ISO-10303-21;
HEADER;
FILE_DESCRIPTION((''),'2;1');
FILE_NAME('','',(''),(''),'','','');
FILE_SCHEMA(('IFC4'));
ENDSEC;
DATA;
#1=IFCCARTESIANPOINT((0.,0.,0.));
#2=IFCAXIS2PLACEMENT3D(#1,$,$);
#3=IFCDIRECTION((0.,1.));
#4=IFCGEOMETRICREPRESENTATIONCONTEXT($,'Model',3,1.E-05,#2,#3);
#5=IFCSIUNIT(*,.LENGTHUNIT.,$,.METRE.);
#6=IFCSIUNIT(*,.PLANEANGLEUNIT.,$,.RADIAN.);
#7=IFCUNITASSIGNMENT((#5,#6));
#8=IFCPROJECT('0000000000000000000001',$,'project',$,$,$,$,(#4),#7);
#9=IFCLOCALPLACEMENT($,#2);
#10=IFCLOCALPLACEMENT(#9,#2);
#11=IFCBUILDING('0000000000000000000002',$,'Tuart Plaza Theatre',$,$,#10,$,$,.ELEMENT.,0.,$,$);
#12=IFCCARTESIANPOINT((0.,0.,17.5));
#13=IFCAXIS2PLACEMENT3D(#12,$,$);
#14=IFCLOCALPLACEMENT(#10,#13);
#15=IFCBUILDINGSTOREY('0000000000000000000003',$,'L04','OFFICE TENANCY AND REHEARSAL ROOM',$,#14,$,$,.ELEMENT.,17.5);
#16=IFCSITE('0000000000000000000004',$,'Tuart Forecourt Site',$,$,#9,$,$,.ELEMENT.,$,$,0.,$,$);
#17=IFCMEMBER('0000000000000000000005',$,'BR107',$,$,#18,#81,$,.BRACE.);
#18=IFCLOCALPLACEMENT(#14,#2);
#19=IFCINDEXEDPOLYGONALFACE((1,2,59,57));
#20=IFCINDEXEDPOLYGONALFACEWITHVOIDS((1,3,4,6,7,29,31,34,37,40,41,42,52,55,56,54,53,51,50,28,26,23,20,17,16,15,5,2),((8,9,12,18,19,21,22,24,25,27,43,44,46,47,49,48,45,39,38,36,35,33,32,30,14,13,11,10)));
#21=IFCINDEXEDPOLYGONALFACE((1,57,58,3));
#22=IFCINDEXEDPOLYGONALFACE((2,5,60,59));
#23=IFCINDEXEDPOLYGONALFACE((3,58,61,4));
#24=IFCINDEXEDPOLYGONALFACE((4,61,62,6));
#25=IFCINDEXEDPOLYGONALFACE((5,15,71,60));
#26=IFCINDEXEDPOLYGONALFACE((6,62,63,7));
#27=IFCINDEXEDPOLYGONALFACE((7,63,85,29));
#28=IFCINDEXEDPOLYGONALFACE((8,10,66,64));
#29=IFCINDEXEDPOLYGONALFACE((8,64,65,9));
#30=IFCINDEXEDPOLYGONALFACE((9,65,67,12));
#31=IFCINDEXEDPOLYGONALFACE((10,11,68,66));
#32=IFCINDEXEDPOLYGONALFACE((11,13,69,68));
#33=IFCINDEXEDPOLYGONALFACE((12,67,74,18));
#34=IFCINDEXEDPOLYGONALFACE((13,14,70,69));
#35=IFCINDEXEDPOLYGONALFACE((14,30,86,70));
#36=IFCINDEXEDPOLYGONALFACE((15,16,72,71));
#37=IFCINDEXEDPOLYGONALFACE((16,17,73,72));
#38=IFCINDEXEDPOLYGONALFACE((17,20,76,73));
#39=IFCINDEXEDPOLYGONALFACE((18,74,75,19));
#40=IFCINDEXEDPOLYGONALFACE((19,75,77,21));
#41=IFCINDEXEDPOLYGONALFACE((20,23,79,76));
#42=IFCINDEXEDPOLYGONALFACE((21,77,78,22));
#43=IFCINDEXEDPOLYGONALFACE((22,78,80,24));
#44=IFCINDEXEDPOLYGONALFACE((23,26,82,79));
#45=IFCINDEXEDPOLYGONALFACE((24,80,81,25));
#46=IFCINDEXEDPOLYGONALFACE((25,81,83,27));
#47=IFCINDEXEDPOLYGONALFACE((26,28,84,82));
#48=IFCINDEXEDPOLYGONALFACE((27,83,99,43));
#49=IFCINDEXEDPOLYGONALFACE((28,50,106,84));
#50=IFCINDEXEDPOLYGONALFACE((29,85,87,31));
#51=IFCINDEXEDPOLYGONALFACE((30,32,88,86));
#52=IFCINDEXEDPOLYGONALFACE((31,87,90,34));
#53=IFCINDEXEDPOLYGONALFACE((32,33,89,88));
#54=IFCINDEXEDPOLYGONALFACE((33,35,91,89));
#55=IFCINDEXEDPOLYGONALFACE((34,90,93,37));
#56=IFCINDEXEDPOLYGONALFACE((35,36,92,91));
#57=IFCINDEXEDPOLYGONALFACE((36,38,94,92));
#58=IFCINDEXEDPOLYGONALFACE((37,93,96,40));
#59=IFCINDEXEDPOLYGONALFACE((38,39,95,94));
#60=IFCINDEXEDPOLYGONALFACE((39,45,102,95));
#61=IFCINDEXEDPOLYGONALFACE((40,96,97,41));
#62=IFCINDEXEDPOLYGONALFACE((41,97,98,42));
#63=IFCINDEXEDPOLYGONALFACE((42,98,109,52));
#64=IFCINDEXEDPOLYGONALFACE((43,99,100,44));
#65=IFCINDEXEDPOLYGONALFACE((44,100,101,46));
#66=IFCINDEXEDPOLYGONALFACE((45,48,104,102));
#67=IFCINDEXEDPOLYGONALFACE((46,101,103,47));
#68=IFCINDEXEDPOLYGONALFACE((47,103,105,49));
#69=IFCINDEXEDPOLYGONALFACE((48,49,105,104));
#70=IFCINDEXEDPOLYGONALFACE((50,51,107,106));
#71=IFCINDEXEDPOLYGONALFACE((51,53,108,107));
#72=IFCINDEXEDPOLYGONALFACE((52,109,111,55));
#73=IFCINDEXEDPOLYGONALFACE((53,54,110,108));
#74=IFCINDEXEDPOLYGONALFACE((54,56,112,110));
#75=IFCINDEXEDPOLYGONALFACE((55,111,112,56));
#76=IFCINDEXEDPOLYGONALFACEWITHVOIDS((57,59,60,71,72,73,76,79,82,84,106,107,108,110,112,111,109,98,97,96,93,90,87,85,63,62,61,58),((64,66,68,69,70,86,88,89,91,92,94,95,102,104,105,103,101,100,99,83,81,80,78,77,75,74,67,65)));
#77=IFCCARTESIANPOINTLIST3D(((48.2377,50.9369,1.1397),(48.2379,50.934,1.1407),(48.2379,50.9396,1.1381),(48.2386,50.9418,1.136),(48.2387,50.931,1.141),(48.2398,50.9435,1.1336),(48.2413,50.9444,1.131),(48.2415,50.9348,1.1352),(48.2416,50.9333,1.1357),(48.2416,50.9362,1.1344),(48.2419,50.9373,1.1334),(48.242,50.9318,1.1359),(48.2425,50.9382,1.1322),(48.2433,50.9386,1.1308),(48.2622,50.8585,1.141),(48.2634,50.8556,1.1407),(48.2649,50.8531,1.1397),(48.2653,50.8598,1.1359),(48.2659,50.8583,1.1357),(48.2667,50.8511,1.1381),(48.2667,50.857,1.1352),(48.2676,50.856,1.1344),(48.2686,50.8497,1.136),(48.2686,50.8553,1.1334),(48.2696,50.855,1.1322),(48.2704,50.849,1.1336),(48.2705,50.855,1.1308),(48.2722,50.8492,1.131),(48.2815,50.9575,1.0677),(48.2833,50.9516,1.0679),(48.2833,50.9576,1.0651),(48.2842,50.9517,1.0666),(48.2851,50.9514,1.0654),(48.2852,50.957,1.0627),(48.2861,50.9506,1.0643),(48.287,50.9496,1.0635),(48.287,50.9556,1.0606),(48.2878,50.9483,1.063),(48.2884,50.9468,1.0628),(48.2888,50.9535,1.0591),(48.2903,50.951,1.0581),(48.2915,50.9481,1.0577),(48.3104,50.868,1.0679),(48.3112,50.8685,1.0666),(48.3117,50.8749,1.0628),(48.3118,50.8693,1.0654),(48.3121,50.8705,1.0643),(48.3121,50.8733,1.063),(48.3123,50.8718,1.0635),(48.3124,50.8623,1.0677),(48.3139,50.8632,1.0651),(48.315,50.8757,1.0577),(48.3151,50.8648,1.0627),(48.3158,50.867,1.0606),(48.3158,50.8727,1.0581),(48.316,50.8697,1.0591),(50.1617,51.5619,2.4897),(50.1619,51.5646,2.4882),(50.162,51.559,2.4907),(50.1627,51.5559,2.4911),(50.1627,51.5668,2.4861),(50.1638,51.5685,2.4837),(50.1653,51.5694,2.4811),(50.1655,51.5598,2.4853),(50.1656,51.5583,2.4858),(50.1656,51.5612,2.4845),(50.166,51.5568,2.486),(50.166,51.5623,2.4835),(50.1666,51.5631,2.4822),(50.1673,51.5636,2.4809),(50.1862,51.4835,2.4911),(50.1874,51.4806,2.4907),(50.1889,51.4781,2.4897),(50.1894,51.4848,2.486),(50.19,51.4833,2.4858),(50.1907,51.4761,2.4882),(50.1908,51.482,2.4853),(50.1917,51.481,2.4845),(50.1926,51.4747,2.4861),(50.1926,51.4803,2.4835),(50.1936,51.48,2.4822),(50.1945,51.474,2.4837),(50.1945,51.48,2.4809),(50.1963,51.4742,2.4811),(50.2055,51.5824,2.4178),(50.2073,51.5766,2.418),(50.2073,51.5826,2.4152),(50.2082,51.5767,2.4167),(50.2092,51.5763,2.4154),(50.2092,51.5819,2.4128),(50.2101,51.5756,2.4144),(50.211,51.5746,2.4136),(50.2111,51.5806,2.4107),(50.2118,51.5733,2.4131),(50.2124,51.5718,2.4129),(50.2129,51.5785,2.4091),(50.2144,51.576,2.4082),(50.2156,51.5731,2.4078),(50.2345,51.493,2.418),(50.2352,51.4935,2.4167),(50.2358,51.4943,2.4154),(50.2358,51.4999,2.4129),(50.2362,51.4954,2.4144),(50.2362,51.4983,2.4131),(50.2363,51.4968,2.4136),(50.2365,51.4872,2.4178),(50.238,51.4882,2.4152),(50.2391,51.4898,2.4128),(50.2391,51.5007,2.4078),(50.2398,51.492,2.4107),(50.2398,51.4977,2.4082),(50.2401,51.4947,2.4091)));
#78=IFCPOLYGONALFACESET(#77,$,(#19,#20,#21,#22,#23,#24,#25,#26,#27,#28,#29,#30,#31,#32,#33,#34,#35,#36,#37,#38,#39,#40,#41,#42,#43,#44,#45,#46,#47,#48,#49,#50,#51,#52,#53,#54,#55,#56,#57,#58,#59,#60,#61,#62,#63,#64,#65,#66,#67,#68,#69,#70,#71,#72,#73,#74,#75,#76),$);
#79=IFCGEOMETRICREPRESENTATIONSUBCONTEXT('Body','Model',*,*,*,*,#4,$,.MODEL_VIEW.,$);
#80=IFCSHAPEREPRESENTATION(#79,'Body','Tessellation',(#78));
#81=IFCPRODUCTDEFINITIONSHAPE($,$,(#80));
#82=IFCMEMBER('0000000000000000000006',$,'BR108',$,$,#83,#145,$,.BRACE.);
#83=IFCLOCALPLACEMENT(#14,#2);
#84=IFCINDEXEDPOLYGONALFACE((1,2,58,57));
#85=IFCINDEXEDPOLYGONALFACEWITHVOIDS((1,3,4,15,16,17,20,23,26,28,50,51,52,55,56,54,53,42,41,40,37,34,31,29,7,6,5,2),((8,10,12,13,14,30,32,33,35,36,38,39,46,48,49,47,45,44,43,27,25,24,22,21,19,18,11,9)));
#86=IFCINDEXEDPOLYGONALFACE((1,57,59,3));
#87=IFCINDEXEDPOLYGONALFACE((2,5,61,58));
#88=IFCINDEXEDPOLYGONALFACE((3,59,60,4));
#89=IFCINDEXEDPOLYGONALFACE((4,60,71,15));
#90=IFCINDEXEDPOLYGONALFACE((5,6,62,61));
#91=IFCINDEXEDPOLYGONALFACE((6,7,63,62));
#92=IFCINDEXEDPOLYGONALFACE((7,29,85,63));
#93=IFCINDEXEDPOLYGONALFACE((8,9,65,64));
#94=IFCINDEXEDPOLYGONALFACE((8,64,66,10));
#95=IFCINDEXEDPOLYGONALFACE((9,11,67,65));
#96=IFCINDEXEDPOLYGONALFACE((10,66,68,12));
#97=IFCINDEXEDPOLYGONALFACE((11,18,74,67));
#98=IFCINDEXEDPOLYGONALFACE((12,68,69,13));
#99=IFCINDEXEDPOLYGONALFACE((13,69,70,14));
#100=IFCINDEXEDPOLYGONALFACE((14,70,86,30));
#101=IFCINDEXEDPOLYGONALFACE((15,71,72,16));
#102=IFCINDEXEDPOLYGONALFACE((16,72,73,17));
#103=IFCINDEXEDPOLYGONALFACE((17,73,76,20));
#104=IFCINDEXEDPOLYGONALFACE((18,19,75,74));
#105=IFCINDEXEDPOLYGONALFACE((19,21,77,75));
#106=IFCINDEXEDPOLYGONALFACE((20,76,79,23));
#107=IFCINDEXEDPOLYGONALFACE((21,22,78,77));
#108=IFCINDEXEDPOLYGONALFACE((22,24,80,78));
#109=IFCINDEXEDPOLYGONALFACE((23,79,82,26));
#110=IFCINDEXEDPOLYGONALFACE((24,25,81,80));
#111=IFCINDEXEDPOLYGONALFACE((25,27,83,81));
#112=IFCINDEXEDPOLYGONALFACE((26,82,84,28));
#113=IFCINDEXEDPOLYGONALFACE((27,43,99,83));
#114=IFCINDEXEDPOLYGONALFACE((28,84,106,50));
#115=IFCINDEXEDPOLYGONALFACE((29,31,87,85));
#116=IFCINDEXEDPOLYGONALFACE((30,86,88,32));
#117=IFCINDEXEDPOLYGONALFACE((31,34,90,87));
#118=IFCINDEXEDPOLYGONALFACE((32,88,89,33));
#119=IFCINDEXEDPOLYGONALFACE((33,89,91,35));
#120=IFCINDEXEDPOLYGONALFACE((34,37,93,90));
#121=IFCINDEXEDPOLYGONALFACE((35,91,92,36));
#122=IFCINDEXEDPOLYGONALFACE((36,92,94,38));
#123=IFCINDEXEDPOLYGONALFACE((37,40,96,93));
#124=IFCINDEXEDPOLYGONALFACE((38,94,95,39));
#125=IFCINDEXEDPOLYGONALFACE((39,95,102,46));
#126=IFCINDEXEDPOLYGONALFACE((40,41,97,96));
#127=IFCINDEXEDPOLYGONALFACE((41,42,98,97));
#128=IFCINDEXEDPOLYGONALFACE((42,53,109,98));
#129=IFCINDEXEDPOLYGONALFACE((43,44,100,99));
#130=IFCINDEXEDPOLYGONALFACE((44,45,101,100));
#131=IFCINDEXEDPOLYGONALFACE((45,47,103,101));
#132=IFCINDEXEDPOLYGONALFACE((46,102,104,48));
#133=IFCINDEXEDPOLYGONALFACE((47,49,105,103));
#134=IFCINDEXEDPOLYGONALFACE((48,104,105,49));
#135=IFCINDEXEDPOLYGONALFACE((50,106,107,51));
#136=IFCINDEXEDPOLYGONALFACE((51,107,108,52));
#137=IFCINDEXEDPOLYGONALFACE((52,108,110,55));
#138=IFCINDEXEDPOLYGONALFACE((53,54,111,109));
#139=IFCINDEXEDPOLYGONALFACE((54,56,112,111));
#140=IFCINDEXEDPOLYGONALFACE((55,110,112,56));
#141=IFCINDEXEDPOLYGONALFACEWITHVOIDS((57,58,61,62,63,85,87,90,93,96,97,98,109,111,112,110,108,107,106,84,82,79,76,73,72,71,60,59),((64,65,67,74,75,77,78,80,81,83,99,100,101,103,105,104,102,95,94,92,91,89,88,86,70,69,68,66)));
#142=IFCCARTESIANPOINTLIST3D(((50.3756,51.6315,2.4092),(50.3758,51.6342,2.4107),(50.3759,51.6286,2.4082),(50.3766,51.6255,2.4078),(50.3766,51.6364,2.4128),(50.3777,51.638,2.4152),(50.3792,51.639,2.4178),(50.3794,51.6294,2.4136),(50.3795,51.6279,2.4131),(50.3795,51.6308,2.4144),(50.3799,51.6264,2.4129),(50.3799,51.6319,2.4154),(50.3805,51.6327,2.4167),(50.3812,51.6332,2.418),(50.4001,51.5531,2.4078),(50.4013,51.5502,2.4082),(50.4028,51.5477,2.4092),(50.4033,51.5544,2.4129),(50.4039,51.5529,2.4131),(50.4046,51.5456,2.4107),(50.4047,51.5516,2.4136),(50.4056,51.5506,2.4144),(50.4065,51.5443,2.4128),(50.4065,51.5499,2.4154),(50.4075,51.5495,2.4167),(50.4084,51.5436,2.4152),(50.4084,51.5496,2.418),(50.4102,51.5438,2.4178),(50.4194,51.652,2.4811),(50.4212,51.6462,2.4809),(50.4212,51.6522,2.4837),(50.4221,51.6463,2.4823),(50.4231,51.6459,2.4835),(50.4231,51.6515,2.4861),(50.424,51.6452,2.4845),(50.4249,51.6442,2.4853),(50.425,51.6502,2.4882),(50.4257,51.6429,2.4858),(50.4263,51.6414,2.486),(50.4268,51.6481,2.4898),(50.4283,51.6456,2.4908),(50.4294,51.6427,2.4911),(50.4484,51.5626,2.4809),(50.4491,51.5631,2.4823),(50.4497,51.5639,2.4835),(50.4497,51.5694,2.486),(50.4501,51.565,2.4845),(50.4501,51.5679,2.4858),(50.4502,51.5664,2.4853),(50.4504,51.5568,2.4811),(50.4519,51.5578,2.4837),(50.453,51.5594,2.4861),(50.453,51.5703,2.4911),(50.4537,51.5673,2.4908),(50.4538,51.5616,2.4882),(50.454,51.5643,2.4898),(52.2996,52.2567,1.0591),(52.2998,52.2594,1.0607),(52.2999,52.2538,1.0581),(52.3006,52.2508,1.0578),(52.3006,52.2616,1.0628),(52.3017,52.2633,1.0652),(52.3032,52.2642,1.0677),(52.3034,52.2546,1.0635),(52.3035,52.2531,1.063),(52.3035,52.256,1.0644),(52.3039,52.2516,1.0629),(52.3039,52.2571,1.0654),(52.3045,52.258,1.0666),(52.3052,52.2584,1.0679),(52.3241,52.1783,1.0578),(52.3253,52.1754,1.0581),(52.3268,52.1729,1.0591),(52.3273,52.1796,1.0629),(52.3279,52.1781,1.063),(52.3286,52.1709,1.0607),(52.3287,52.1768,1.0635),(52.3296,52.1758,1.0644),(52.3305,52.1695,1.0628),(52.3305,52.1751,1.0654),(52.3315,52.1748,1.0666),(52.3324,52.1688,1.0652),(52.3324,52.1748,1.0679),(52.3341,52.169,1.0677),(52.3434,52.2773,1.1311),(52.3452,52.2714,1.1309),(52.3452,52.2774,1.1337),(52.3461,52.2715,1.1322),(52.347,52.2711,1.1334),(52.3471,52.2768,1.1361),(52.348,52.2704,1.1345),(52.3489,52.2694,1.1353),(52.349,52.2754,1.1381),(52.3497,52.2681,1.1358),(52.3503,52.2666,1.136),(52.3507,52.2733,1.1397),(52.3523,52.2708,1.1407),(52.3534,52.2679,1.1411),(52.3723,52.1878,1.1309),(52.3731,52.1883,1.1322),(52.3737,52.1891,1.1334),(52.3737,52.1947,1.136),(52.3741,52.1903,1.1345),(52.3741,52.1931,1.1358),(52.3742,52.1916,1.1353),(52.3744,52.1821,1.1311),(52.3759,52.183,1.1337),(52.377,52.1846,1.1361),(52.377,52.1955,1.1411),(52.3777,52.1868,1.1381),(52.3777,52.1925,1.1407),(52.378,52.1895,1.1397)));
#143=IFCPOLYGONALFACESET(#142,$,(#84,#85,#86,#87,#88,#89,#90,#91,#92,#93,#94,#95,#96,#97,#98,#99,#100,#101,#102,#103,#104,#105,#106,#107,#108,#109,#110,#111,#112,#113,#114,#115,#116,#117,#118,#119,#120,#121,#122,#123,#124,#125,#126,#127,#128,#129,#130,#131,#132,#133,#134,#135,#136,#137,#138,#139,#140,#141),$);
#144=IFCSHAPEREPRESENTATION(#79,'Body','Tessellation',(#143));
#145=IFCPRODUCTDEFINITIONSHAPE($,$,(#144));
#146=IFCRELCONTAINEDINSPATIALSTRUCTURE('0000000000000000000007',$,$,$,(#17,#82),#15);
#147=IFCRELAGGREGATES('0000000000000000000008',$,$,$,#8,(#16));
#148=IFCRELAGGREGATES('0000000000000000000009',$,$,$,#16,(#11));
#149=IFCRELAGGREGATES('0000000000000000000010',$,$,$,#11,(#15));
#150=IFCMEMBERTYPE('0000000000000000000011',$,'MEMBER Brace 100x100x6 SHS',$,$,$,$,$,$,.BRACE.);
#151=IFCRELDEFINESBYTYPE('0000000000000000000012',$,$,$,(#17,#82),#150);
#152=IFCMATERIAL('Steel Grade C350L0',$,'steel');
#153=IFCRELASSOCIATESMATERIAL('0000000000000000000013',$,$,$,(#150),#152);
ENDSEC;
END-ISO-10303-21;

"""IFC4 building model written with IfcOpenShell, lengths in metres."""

from ifc_helpers import new_model, si_unit, direction, frame, origin, origin_2d, place, context, subcontext, project, spatial, hollow_rectangle, extrude, material, material_profile, profile_set, type_object, element, save


model = new_model("IFC4")

# Units and contexts
model_context = context("Model", 3, precision=1e-05, world=origin(), true_north=direction((0.0, 1.0)))
body_context = subcontext(model_context, "Body", "Model", "MODEL_VIEW")
ifc_project = project(units=[si_unit("LENGTHUNIT", "METRE"), si_unit("PLANEANGLEUNIT", "RADIAN")], contexts=[model_context])

# Site, building, storey
site_placement = place(None, origin())
site = spatial("IfcSite", under=ifc_project, at=site_placement, Name="Tuart Forecourt Site", CompositionType="ELEMENT", RefElevation=0.0)
building_placement = place(site_placement, origin())
building = spatial("IfcBuilding", under=site, at=building_placement, Name="Tuart Plaza Theatre", CompositionType="ELEMENT", ElevationOfRefHeight=0.0)
storey_placement = place(building_placement, frame((0.0, 0.0, 17.5)))
storey = spatial("IfcBuildingStorey", under=building, at=storey_placement, Name="L04", Description="OFFICE TENANCY AND REHEARSAL ROOM", CompositionType="ELEMENT", Elevation=17.5)

# Members
ifc_material_1 = material(Name="Steel Grade C350L0", Category="steel")
ifc_material_profile_1 = material_profile(ifc_material_1, hollow_rectangle(XDim=0.1001, YDim=0.1001, WallThickness=0.0061, InnerFilletRadius=0.0061, OuterFilletRadius=0.012, at=origin_2d()), Name="100x100x6 SHS")
ifc_profile_set_1 = profile_set([ifc_material_profile_1], Name="Steel Grade C350L0")
member_type_1 = type_object("IfcMemberType", Name="MEMBER Brace 100x100x6 SHS", PredefinedType="BRACE", material=ifc_profile_set_1)
for number, where, z_axis, x_axis, name in (
    (1, (48.2769, 50.9033, 1.0994), (0.791093, 0.256972, 0.5551), (-0.308941, 0.951081, 0.0), "BR107"),
    (2, (50.4148, 51.5979, 2.4495), (0.791073, 0.257066, -0.555086), (-0.309051, 0.951046, 0.0), "BR108"),
):
    element("IfcMember", number, at=place(storey_placement, frame(where, z_axis=z_axis, x_axis=x_axis)), inside=storey, type_object=member_type_1, Name=name, PredefinedType="BRACE", context=body_context, shape_type="SweptSolid", body=[
        extrude(hollow_rectangle(XDim=0.1001, YDim=0.1001, WallThickness=0.0061, InnerFilletRadius=0.0061, OuterFilletRadius=0.012, at=origin_2d()), origin(), (0.0, 0.0, 1.0), 2.4321),
    ])

save(model, "model.ifc")
